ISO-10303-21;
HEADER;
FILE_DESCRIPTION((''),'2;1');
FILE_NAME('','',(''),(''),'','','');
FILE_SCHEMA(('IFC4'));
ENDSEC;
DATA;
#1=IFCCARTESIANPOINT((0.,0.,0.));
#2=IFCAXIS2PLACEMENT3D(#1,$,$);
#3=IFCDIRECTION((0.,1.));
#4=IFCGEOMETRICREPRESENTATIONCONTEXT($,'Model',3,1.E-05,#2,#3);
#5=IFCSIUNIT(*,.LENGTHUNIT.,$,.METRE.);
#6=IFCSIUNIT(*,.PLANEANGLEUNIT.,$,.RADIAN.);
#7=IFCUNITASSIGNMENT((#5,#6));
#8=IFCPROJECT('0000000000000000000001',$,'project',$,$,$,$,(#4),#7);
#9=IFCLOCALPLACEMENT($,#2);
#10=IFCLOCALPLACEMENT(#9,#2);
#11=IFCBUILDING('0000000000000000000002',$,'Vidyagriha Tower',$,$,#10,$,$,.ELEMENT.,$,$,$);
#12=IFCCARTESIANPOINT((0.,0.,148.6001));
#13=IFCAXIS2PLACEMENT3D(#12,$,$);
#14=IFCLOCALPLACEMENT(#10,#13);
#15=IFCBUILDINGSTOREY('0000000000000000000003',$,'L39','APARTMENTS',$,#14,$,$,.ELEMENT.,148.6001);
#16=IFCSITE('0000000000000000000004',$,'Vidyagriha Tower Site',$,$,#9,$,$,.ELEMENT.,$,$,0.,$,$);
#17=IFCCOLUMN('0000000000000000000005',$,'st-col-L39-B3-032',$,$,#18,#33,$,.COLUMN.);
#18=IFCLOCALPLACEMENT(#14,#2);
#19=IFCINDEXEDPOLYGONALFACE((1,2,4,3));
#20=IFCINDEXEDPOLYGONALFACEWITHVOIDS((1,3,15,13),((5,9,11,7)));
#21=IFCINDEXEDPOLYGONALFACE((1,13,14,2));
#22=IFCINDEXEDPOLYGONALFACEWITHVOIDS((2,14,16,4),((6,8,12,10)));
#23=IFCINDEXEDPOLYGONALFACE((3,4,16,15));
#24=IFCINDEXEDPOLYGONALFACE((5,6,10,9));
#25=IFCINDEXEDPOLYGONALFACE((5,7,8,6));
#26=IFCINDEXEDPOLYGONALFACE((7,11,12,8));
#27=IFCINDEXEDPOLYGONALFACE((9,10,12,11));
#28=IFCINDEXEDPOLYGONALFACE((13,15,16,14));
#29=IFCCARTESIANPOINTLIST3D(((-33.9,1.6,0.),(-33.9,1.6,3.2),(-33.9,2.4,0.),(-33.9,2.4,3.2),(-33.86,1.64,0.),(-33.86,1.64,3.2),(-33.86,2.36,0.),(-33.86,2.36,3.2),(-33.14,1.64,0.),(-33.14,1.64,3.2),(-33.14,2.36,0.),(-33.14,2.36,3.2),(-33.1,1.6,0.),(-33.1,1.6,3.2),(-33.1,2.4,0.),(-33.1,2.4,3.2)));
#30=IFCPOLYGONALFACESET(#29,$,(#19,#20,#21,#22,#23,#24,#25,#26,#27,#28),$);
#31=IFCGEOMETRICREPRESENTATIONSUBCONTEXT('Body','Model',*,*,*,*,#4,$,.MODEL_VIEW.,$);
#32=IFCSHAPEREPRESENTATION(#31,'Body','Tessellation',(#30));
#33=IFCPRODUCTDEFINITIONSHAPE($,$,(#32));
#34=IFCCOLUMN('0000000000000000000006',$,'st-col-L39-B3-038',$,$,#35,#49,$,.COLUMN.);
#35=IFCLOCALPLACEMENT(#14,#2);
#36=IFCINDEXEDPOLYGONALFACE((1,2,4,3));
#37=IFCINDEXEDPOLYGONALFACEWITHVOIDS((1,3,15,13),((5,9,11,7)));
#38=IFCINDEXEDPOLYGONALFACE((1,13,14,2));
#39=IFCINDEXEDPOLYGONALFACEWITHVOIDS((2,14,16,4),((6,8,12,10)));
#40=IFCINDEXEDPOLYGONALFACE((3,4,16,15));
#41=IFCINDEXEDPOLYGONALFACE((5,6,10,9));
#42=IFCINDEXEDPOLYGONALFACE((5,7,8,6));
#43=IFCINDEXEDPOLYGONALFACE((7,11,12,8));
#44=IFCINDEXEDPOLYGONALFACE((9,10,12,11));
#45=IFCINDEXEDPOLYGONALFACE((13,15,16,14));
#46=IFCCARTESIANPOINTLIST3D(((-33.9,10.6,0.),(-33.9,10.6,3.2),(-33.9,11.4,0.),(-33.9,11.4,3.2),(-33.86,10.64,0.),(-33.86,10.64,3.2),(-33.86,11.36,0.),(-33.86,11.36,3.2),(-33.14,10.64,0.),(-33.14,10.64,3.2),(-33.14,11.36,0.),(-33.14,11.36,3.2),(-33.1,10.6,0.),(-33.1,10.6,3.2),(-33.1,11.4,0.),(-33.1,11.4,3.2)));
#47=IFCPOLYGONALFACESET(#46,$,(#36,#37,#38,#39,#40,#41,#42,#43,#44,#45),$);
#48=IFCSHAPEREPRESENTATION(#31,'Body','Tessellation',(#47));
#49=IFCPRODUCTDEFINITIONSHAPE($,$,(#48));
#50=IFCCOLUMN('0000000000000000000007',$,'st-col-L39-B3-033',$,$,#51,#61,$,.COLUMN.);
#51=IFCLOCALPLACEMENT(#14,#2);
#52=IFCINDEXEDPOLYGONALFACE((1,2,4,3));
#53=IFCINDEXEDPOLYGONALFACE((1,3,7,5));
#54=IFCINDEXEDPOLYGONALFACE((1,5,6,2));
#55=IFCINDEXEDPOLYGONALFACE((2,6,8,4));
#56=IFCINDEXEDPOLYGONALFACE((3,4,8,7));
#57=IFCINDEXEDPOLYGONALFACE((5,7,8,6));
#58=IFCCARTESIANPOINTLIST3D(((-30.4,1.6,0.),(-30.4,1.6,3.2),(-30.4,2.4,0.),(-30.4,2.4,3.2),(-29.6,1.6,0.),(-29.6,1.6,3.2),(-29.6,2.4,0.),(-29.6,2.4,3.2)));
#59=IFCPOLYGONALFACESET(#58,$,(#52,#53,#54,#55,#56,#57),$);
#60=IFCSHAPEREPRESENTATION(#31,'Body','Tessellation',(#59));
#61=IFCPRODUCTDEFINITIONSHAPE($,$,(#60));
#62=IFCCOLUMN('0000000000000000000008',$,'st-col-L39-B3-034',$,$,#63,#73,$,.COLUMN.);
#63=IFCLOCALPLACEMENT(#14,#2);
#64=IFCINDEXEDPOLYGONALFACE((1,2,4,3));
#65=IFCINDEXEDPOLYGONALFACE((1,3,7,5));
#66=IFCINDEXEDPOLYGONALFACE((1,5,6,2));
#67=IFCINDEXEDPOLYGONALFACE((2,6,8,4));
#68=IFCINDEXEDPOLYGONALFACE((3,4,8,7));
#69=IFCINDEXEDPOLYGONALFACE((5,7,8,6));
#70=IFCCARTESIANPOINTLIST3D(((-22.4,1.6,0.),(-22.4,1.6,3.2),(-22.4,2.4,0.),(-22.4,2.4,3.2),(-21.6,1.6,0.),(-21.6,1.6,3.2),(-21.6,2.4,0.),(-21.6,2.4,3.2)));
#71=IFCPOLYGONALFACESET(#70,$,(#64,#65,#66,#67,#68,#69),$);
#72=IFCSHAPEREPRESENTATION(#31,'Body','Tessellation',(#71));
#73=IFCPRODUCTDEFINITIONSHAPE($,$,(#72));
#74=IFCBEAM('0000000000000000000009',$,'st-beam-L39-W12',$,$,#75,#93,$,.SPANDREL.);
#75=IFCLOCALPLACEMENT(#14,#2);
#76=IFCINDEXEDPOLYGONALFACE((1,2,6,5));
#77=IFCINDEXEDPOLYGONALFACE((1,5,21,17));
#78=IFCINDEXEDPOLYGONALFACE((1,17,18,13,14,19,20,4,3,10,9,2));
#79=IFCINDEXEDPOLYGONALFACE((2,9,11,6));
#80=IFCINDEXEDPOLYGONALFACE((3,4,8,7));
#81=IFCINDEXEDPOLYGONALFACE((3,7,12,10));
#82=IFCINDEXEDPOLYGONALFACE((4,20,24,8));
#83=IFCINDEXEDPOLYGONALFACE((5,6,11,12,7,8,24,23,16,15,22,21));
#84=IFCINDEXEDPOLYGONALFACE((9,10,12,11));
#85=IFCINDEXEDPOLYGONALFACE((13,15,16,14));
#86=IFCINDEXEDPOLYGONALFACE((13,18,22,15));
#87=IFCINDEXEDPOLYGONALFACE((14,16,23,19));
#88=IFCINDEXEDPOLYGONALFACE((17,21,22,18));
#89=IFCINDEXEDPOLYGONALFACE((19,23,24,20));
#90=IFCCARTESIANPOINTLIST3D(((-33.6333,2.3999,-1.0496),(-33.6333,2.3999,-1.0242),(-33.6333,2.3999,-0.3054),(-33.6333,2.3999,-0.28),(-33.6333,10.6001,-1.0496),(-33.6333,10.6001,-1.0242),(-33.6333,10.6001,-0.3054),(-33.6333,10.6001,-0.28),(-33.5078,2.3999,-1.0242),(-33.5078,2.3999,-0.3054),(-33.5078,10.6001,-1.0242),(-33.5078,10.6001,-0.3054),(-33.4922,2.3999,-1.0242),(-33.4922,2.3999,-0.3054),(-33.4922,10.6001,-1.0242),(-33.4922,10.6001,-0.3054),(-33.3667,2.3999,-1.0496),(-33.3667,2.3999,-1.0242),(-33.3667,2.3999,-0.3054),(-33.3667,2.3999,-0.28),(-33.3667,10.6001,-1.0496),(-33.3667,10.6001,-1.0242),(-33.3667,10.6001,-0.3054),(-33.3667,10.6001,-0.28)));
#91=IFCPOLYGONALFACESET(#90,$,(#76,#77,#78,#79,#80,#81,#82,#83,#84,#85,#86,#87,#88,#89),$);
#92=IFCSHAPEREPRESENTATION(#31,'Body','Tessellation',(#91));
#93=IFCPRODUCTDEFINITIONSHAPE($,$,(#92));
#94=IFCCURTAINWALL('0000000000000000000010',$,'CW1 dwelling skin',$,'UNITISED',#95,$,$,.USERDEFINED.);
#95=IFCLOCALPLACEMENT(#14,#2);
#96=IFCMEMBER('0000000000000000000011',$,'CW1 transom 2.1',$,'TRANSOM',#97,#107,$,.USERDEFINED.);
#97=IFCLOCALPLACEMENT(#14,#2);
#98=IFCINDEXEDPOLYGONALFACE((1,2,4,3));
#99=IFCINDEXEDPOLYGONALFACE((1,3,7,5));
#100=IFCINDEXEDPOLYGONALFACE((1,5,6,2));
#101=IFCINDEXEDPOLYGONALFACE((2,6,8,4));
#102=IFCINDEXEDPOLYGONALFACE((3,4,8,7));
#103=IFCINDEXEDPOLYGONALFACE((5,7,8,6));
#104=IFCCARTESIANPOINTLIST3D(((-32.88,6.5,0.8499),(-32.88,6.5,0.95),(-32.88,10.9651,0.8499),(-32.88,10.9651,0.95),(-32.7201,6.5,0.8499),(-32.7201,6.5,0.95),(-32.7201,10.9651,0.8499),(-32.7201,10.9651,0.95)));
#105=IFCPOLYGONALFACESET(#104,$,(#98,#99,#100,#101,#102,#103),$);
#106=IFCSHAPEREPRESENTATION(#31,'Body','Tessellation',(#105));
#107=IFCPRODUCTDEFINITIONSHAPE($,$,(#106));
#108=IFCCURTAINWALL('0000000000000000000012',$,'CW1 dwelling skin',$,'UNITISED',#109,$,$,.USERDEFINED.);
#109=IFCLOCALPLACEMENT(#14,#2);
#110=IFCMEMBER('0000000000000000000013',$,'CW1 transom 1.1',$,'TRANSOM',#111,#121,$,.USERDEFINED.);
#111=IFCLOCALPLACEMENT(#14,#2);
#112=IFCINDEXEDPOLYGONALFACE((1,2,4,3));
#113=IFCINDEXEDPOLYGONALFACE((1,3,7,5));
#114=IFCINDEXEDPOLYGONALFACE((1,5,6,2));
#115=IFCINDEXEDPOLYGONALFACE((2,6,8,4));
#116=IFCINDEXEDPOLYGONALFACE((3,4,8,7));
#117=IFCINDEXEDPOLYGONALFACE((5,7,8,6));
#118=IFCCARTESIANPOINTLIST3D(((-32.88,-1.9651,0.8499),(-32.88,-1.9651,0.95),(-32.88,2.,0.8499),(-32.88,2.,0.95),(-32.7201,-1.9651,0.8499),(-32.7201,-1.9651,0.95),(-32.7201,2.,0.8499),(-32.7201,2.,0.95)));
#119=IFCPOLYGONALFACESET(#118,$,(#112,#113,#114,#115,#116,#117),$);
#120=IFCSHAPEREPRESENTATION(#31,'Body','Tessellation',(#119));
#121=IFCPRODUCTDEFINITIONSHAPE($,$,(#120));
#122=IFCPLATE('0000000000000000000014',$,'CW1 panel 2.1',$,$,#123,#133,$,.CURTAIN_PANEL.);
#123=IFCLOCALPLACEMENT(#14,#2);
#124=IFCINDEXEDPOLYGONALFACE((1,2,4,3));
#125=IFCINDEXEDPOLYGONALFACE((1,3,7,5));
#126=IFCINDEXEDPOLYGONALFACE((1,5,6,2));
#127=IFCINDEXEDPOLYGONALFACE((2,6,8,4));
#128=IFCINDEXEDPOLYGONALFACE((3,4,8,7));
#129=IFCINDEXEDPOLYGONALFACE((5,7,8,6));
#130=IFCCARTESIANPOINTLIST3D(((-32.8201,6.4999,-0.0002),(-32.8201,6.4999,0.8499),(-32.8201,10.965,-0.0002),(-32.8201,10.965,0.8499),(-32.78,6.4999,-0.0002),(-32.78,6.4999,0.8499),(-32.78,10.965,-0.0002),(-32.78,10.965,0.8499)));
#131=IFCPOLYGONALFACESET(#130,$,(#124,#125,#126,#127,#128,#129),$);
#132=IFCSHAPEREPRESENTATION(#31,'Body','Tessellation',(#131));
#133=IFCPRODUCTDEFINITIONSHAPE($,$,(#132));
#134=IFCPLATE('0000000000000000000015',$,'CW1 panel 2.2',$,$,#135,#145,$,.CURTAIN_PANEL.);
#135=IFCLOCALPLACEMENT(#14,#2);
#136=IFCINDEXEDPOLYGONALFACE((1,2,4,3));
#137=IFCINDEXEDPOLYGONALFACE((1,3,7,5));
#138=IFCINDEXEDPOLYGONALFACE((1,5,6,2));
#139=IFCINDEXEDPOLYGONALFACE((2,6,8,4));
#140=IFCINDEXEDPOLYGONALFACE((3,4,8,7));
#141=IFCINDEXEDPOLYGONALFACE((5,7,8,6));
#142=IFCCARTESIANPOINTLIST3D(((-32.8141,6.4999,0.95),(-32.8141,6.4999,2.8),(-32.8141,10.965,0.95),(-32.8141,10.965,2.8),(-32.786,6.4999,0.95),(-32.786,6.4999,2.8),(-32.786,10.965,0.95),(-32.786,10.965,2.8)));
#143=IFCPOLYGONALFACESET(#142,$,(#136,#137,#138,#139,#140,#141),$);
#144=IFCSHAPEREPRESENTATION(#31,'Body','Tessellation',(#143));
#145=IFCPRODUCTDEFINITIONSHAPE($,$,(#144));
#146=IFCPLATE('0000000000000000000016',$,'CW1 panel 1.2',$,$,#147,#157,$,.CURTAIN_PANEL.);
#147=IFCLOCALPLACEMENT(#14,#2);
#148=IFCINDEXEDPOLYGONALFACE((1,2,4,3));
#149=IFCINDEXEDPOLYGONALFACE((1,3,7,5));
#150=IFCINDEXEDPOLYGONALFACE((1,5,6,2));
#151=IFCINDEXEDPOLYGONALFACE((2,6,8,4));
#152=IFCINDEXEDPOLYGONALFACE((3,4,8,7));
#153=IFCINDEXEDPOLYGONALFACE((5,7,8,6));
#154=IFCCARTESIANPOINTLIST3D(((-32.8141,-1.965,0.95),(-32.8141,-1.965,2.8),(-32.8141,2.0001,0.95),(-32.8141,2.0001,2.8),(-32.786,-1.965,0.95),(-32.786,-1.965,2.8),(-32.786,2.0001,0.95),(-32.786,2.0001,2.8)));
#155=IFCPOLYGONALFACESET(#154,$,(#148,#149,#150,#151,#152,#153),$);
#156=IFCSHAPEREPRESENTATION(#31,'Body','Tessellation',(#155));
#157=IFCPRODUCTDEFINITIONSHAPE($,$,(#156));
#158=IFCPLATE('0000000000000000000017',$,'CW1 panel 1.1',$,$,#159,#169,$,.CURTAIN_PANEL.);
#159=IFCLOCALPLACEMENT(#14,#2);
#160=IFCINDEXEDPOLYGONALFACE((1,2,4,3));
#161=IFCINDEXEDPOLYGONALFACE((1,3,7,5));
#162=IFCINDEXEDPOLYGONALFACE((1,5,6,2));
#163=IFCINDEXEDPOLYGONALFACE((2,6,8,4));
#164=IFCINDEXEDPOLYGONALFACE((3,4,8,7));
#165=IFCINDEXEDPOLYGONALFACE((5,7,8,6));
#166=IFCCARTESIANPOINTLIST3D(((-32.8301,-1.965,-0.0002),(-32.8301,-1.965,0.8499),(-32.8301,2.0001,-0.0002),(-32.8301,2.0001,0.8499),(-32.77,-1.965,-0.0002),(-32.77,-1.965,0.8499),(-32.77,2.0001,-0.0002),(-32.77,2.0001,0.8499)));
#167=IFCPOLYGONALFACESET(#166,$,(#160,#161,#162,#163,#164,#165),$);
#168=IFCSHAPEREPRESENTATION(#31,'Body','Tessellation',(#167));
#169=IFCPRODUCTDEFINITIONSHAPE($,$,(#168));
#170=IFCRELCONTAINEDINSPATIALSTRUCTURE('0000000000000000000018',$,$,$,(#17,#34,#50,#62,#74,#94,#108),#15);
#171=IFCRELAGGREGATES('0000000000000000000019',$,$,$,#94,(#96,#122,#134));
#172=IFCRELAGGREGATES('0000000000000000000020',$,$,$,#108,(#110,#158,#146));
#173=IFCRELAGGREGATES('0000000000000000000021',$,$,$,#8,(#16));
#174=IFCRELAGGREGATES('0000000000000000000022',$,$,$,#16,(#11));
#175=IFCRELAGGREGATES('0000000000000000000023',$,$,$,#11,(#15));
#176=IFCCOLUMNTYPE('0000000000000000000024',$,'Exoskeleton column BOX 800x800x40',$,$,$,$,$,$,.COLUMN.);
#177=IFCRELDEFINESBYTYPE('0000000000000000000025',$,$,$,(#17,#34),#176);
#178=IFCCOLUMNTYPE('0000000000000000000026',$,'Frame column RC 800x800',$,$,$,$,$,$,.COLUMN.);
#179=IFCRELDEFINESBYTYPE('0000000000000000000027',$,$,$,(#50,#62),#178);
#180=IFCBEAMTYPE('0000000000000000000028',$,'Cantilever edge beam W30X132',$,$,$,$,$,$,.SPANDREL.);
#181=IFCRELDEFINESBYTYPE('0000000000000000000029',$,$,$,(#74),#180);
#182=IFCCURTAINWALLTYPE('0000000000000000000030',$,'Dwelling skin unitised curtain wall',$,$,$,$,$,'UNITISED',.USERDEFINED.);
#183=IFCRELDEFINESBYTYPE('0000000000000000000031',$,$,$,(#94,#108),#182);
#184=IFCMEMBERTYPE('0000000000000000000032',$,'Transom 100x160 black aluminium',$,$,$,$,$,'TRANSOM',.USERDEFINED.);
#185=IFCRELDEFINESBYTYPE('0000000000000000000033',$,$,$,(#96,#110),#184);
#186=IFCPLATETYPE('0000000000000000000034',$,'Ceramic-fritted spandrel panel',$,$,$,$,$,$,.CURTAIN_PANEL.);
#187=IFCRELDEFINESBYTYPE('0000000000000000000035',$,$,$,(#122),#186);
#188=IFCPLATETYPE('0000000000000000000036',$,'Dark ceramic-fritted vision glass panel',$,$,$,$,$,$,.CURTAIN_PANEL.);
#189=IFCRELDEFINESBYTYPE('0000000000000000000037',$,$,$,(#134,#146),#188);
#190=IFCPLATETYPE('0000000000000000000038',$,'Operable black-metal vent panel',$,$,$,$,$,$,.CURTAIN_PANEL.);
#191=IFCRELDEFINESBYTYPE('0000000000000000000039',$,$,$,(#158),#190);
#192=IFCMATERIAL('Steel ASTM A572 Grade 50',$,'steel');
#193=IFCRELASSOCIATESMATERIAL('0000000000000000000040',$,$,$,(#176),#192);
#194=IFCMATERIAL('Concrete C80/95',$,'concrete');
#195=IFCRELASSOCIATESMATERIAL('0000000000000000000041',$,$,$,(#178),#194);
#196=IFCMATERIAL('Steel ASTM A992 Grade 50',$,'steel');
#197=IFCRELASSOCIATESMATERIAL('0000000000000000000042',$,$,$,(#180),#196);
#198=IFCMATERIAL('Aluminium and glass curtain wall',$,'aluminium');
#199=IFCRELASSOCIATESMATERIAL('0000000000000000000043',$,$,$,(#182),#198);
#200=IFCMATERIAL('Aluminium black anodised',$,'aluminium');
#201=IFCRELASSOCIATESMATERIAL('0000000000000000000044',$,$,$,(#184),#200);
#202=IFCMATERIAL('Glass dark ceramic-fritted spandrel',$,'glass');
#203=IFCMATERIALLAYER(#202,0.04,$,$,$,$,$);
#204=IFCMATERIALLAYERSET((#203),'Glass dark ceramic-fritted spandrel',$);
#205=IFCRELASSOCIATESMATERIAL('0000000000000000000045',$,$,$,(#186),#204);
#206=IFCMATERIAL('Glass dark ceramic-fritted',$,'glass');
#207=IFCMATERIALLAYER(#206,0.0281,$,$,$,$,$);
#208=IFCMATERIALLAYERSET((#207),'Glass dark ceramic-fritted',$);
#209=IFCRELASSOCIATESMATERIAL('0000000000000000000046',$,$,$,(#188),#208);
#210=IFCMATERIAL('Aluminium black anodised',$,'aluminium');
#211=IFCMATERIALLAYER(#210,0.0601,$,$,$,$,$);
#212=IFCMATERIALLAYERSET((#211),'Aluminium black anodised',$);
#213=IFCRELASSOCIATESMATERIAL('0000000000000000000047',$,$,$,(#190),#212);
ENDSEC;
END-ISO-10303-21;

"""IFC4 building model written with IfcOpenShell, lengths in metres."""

from ifc_helpers import new_model, si_unit, direction, frame, origin, origin_2d, place, context, subcontext, project, spatial, rectangle, hollow_rectangle, i_section, extrude, material, layer, layer_set, material_profile, profile_set, type_object, element, aggregate, save


model = new_model("IFC4")

# Units and contexts
model_context = context("Model", 3, precision=1e-05, world=origin(), true_north=direction((0.0, 1.0)))
body_context = subcontext(model_context, "Body", "Model", "MODEL_VIEW")
ifc_project = project(units=[si_unit("LENGTHUNIT", "METRE"), si_unit("PLANEANGLEUNIT", "RADIAN")], contexts=[model_context])

# Site, building, storey
site_placement = place(None, origin())
site = spatial("IfcSite", under=ifc_project, at=site_placement, Name="Vidyagriha Tower Site", CompositionType="ELEMENT", RefElevation=0.0)
building_placement = place(site_placement, origin())
building = spatial("IfcBuilding", under=site, at=building_placement, Name="Vidyagriha Tower", CompositionType="ELEMENT")
storey_placement = place(building_placement, frame((0.0, 0.0, 148.6001)))
storey = spatial("IfcBuildingStorey", under=building, at=storey_placement, Name="L39", Description="APARTMENTS", CompositionType="ELEMENT", Elevation=148.6001)

# Columns
ifc_material_1 = material(Name="Steel ASTM A572 Grade 50", Category="steel")
ifc_material_profile_1 = material_profile(ifc_material_1, hollow_rectangle(XDim=0.8, YDim=0.8, WallThickness=0.04, at=origin_2d()), Name="BOX 800x800x40")
ifc_profile_set_1 = profile_set([ifc_material_profile_1], Name="Steel ASTM A572 Grade 50")
column_type_1 = type_object("IfcColumnType", Name="Exoskeleton column BOX 800x800x40", PredefinedType="COLUMN", material=ifc_profile_set_1)
for number, where, name in (
    (1, (-33.5, 2.0, 0.0), "st-col-L39-B3-032"),
    (2, (-33.5, 11.0, 0.0), "st-col-L39-B3-038"),
):
    element("IfcColumn", number, at=place(storey_placement, frame(where)), inside=storey, type_object=column_type_1, Name=name, PredefinedType="COLUMN", context=body_context, shape_type="SweptSolid", body=[
        extrude(hollow_rectangle(XDim=0.8, YDim=0.8, WallThickness=0.04, at=origin_2d()), origin(), (0.0, 0.0, 1.0), 3.2),
    ])
ifc_material_2 = material(Name="Concrete C80/95", Category="concrete")
ifc_material_profile_2 = material_profile(ifc_material_2, rectangle(XDim=0.8, YDim=0.8, at=origin_2d()), Name="RC 800x800")
ifc_profile_set_2 = profile_set([ifc_material_profile_2], Name="Concrete C80/95")
column_type_2 = type_object("IfcColumnType", Name="Frame column RC 800x800", PredefinedType="COLUMN", material=ifc_profile_set_2)
for number, where, name in (
    (3, (-30.0, 2.0, 0.0), "st-col-L39-B3-033"),
    (4, (-22.0, 2.0, 0.0), "st-col-L39-B3-034"),
):
    element("IfcColumn", number, at=place(storey_placement, frame(where)), inside=storey, type_object=column_type_2, Name=name, PredefinedType="COLUMN", context=body_context, shape_type="SweptSolid", body=[
        extrude(rectangle(XDim=0.8, YDim=0.8, at=origin_2d()), origin(), (0.0, 0.0, 1.0), 3.2),
    ])

# Beam
ifc_material_3 = material(Name="Steel ASTM A992 Grade 50", Category="steel")
ifc_material_profile_3 = material_profile(ifc_material_3, i_section(OverallWidth=0.2666, OverallDepth=0.7695, WebThickness=0.0156, FlangeThickness=0.0254, at=origin_2d()), Name="W30X132")
ifc_profile_set_3 = profile_set([ifc_material_profile_3], Name="Steel ASTM A992 Grade 50")
beam_type = type_object("IfcBeamType", Name="Cantilever edge beam W30X132", PredefinedType="SPANDREL", material=ifc_profile_set_3)
beam_placement = place(storey_placement, frame((-33.5, 2.3999, -0.6648), z_axis=(0.0, 1.0, 0.0), x_axis=(-1.0, 0.0, 0.0)))
element("IfcBeam", 5, at=beam_placement, inside=storey, type_object=beam_type, Name="st-beam-L39-W12", PredefinedType="SPANDREL", context=body_context, shape_type="SweptSolid", body=[
    extrude(i_section(OverallWidth=0.2666, OverallDepth=0.7695, WebThickness=0.0156, FlangeThickness=0.0254, at=origin_2d()), origin(), (0.0, 0.0, 1.0), 8.2002),
])

# Curtain walls, members
ifc_material_4 = material(Name="Aluminium and glass curtain wall", Category="aluminium")
curtain_wall_type = type_object("IfcCurtainWallType", Name="Dwelling skin unitised curtain wall", ElementType="UNITISED", PredefinedType="USERDEFINED", material=ifc_material_4)
curtain_wall_1_placement = place(storey_placement, origin())
curtain_wall_1 = element("IfcCurtainWall", 6, at=curtain_wall_1_placement, inside=storey, type_object=curtain_wall_type, Name="CW1 dwelling skin", ObjectType="UNITISED", PredefinedType="USERDEFINED")
ifc_material_5 = material(Name="Aluminium black anodised", Category="aluminium")
ifc_material_profile_4 = material_profile(ifc_material_5, rectangle(XDim=0.1599, YDim=0.1001, at=origin_2d()), Name="Transom 100x160 black aluminium")
ifc_profile_set_4 = profile_set([ifc_material_profile_4], Name="Aluminium black anodised")
member_type = type_object("IfcMemberType", Name="Transom 100x160 black aluminium", ElementType="TRANSOM", PredefinedType="USERDEFINED", material=ifc_profile_set_4)
member_1_placement = place(storey_placement, frame((-32.8, 10.9651, 0.8999), z_axis=(0.0, -1.0, 0.0), x_axis=(1.0, 0.0, 0.0)))
member_1 = element("IfcMember", 7, at=member_1_placement, type_object=member_type, Name="CW1 transom 2.1", ObjectType="TRANSOM", PredefinedType="USERDEFINED", context=body_context, shape_type="SweptSolid", body=[
    extrude(rectangle(XDim=0.1599, YDim=0.1001, at=origin_2d()), origin(), (0.0, 0.0, 1.0), 4.4651),
])
curtain_wall_2_placement = place(storey_placement, origin())
curtain_wall_2 = element("IfcCurtainWall", 8, at=curtain_wall_2_placement, inside=storey, type_object=curtain_wall_type, Name="CW1 dwelling skin", ObjectType="UNITISED", PredefinedType="USERDEFINED")
member_2_placement = place(storey_placement, frame((-32.8, 2.0, 0.8999), z_axis=(0.0, -1.0, 0.0), x_axis=(1.0, 0.0, 0.0)))
member_2 = element("IfcMember", 9, at=member_2_placement, type_object=member_type, Name="CW1 transom 1.1", ObjectType="TRANSOM", PredefinedType="USERDEFINED", context=body_context, shape_type="SweptSolid", body=[
    extrude(rectangle(XDim=0.1599, YDim=0.1001, at=origin_2d()), origin(), (0.0, 0.0, 1.0), 3.9651),
])

# Plates
ifc_material_6 = material(Name="Glass dark ceramic-fritted spandrel", Category="glass")
ifc_layer_1 = layer(ifc_material_6, 0.04)
ifc_layer_set_1 = layer_set([ifc_layer_1], Name="Glass dark ceramic-fritted spandrel")
plate_type_1 = type_object("IfcPlateType", Name="Ceramic-fritted spandrel panel", PredefinedType="CURTAIN_PANEL", material=ifc_layer_set_1)
plate_1_placement = place(storey_placement, frame((-32.8, 8.7324, -0.0002), z_axis=(0.0, 0.0, 1.0), x_axis=(0.0, -1.0, 0.0)))
plate_1 = element("IfcPlate", 10, at=plate_1_placement, type_object=plate_type_1, Name="CW1 panel 2.1", PredefinedType="CURTAIN_PANEL", context=body_context, shape_type="SweptSolid", body=[
    extrude(rectangle(XDim=4.4651, YDim=0.04, at=origin_2d()), origin(), (0.0, 0.0, 1.0), 0.8501),
])
ifc_material_7 = material(Name="Glass dark ceramic-fritted", Category="glass")
ifc_layer_2 = layer(ifc_material_7, 0.0281)
ifc_layer_set_2 = layer_set([ifc_layer_2], Name="Glass dark ceramic-fritted")
plate_type_2 = type_object("IfcPlateType", Name="Dark ceramic-fritted vision glass panel", PredefinedType="CURTAIN_PANEL", material=ifc_layer_set_2)
plate_2_placement = place(storey_placement, frame((-32.8, 8.7324, 0.95), z_axis=(0.0, 0.0, 1.0), x_axis=(0.0, -1.0, 0.0)))
plate_2 = element("IfcPlate", 11, at=plate_2_placement, type_object=plate_type_2, Name="CW1 panel 2.2", PredefinedType="CURTAIN_PANEL", context=body_context, shape_type="SweptSolid", body=[
    extrude(rectangle(XDim=4.4651, YDim=0.0281, at=origin_2d()), origin(), (0.0, 0.0, 1.0), 1.8501),
])
aggregate(curtain_wall_1, [member_1, plate_1, plate_2])
plate_3_placement = place(storey_placement, frame((-32.8, 0.0176, 0.95), z_axis=(0.0, 0.0, 1.0), x_axis=(0.0, -1.0, 0.0)))
plate_3 = element("IfcPlate", 12, at=plate_3_placement, type_object=plate_type_2, Name="CW1 panel 1.2", PredefinedType="CURTAIN_PANEL", context=body_context, shape_type="SweptSolid", body=[
    extrude(rectangle(XDim=3.9651, YDim=0.0281, at=origin_2d()), origin(), (0.0, 0.0, 1.0), 1.8501),
])
ifc_material_8 = material(Name="Aluminium black anodised", Category="aluminium")
ifc_layer_3 = layer(ifc_material_8, 0.0601)
ifc_layer_set_3 = layer_set([ifc_layer_3], Name="Aluminium black anodised")
plate_type_3 = type_object("IfcPlateType", Name="Operable black-metal vent panel", PredefinedType="CURTAIN_PANEL", material=ifc_layer_set_3)
plate_4_placement = place(storey_placement, frame((-32.8, 0.0176, -0.0002), z_axis=(0.0, 0.0, 1.0), x_axis=(0.0, -1.0, 0.0)))
plate_4 = element("IfcPlate", 13, at=plate_4_placement, type_object=plate_type_3, Name="CW1 panel 1.1", PredefinedType="CURTAIN_PANEL", context=body_context, shape_type="SweptSolid", body=[
    extrude(rectangle(XDim=3.9651, YDim=0.0601, at=origin_2d()), origin(), (0.0, 0.0, 1.0), 0.8501),
])
aggregate(curtain_wall_2, [member_2, plate_4, plate_3])

save(model, "model.ifc")
